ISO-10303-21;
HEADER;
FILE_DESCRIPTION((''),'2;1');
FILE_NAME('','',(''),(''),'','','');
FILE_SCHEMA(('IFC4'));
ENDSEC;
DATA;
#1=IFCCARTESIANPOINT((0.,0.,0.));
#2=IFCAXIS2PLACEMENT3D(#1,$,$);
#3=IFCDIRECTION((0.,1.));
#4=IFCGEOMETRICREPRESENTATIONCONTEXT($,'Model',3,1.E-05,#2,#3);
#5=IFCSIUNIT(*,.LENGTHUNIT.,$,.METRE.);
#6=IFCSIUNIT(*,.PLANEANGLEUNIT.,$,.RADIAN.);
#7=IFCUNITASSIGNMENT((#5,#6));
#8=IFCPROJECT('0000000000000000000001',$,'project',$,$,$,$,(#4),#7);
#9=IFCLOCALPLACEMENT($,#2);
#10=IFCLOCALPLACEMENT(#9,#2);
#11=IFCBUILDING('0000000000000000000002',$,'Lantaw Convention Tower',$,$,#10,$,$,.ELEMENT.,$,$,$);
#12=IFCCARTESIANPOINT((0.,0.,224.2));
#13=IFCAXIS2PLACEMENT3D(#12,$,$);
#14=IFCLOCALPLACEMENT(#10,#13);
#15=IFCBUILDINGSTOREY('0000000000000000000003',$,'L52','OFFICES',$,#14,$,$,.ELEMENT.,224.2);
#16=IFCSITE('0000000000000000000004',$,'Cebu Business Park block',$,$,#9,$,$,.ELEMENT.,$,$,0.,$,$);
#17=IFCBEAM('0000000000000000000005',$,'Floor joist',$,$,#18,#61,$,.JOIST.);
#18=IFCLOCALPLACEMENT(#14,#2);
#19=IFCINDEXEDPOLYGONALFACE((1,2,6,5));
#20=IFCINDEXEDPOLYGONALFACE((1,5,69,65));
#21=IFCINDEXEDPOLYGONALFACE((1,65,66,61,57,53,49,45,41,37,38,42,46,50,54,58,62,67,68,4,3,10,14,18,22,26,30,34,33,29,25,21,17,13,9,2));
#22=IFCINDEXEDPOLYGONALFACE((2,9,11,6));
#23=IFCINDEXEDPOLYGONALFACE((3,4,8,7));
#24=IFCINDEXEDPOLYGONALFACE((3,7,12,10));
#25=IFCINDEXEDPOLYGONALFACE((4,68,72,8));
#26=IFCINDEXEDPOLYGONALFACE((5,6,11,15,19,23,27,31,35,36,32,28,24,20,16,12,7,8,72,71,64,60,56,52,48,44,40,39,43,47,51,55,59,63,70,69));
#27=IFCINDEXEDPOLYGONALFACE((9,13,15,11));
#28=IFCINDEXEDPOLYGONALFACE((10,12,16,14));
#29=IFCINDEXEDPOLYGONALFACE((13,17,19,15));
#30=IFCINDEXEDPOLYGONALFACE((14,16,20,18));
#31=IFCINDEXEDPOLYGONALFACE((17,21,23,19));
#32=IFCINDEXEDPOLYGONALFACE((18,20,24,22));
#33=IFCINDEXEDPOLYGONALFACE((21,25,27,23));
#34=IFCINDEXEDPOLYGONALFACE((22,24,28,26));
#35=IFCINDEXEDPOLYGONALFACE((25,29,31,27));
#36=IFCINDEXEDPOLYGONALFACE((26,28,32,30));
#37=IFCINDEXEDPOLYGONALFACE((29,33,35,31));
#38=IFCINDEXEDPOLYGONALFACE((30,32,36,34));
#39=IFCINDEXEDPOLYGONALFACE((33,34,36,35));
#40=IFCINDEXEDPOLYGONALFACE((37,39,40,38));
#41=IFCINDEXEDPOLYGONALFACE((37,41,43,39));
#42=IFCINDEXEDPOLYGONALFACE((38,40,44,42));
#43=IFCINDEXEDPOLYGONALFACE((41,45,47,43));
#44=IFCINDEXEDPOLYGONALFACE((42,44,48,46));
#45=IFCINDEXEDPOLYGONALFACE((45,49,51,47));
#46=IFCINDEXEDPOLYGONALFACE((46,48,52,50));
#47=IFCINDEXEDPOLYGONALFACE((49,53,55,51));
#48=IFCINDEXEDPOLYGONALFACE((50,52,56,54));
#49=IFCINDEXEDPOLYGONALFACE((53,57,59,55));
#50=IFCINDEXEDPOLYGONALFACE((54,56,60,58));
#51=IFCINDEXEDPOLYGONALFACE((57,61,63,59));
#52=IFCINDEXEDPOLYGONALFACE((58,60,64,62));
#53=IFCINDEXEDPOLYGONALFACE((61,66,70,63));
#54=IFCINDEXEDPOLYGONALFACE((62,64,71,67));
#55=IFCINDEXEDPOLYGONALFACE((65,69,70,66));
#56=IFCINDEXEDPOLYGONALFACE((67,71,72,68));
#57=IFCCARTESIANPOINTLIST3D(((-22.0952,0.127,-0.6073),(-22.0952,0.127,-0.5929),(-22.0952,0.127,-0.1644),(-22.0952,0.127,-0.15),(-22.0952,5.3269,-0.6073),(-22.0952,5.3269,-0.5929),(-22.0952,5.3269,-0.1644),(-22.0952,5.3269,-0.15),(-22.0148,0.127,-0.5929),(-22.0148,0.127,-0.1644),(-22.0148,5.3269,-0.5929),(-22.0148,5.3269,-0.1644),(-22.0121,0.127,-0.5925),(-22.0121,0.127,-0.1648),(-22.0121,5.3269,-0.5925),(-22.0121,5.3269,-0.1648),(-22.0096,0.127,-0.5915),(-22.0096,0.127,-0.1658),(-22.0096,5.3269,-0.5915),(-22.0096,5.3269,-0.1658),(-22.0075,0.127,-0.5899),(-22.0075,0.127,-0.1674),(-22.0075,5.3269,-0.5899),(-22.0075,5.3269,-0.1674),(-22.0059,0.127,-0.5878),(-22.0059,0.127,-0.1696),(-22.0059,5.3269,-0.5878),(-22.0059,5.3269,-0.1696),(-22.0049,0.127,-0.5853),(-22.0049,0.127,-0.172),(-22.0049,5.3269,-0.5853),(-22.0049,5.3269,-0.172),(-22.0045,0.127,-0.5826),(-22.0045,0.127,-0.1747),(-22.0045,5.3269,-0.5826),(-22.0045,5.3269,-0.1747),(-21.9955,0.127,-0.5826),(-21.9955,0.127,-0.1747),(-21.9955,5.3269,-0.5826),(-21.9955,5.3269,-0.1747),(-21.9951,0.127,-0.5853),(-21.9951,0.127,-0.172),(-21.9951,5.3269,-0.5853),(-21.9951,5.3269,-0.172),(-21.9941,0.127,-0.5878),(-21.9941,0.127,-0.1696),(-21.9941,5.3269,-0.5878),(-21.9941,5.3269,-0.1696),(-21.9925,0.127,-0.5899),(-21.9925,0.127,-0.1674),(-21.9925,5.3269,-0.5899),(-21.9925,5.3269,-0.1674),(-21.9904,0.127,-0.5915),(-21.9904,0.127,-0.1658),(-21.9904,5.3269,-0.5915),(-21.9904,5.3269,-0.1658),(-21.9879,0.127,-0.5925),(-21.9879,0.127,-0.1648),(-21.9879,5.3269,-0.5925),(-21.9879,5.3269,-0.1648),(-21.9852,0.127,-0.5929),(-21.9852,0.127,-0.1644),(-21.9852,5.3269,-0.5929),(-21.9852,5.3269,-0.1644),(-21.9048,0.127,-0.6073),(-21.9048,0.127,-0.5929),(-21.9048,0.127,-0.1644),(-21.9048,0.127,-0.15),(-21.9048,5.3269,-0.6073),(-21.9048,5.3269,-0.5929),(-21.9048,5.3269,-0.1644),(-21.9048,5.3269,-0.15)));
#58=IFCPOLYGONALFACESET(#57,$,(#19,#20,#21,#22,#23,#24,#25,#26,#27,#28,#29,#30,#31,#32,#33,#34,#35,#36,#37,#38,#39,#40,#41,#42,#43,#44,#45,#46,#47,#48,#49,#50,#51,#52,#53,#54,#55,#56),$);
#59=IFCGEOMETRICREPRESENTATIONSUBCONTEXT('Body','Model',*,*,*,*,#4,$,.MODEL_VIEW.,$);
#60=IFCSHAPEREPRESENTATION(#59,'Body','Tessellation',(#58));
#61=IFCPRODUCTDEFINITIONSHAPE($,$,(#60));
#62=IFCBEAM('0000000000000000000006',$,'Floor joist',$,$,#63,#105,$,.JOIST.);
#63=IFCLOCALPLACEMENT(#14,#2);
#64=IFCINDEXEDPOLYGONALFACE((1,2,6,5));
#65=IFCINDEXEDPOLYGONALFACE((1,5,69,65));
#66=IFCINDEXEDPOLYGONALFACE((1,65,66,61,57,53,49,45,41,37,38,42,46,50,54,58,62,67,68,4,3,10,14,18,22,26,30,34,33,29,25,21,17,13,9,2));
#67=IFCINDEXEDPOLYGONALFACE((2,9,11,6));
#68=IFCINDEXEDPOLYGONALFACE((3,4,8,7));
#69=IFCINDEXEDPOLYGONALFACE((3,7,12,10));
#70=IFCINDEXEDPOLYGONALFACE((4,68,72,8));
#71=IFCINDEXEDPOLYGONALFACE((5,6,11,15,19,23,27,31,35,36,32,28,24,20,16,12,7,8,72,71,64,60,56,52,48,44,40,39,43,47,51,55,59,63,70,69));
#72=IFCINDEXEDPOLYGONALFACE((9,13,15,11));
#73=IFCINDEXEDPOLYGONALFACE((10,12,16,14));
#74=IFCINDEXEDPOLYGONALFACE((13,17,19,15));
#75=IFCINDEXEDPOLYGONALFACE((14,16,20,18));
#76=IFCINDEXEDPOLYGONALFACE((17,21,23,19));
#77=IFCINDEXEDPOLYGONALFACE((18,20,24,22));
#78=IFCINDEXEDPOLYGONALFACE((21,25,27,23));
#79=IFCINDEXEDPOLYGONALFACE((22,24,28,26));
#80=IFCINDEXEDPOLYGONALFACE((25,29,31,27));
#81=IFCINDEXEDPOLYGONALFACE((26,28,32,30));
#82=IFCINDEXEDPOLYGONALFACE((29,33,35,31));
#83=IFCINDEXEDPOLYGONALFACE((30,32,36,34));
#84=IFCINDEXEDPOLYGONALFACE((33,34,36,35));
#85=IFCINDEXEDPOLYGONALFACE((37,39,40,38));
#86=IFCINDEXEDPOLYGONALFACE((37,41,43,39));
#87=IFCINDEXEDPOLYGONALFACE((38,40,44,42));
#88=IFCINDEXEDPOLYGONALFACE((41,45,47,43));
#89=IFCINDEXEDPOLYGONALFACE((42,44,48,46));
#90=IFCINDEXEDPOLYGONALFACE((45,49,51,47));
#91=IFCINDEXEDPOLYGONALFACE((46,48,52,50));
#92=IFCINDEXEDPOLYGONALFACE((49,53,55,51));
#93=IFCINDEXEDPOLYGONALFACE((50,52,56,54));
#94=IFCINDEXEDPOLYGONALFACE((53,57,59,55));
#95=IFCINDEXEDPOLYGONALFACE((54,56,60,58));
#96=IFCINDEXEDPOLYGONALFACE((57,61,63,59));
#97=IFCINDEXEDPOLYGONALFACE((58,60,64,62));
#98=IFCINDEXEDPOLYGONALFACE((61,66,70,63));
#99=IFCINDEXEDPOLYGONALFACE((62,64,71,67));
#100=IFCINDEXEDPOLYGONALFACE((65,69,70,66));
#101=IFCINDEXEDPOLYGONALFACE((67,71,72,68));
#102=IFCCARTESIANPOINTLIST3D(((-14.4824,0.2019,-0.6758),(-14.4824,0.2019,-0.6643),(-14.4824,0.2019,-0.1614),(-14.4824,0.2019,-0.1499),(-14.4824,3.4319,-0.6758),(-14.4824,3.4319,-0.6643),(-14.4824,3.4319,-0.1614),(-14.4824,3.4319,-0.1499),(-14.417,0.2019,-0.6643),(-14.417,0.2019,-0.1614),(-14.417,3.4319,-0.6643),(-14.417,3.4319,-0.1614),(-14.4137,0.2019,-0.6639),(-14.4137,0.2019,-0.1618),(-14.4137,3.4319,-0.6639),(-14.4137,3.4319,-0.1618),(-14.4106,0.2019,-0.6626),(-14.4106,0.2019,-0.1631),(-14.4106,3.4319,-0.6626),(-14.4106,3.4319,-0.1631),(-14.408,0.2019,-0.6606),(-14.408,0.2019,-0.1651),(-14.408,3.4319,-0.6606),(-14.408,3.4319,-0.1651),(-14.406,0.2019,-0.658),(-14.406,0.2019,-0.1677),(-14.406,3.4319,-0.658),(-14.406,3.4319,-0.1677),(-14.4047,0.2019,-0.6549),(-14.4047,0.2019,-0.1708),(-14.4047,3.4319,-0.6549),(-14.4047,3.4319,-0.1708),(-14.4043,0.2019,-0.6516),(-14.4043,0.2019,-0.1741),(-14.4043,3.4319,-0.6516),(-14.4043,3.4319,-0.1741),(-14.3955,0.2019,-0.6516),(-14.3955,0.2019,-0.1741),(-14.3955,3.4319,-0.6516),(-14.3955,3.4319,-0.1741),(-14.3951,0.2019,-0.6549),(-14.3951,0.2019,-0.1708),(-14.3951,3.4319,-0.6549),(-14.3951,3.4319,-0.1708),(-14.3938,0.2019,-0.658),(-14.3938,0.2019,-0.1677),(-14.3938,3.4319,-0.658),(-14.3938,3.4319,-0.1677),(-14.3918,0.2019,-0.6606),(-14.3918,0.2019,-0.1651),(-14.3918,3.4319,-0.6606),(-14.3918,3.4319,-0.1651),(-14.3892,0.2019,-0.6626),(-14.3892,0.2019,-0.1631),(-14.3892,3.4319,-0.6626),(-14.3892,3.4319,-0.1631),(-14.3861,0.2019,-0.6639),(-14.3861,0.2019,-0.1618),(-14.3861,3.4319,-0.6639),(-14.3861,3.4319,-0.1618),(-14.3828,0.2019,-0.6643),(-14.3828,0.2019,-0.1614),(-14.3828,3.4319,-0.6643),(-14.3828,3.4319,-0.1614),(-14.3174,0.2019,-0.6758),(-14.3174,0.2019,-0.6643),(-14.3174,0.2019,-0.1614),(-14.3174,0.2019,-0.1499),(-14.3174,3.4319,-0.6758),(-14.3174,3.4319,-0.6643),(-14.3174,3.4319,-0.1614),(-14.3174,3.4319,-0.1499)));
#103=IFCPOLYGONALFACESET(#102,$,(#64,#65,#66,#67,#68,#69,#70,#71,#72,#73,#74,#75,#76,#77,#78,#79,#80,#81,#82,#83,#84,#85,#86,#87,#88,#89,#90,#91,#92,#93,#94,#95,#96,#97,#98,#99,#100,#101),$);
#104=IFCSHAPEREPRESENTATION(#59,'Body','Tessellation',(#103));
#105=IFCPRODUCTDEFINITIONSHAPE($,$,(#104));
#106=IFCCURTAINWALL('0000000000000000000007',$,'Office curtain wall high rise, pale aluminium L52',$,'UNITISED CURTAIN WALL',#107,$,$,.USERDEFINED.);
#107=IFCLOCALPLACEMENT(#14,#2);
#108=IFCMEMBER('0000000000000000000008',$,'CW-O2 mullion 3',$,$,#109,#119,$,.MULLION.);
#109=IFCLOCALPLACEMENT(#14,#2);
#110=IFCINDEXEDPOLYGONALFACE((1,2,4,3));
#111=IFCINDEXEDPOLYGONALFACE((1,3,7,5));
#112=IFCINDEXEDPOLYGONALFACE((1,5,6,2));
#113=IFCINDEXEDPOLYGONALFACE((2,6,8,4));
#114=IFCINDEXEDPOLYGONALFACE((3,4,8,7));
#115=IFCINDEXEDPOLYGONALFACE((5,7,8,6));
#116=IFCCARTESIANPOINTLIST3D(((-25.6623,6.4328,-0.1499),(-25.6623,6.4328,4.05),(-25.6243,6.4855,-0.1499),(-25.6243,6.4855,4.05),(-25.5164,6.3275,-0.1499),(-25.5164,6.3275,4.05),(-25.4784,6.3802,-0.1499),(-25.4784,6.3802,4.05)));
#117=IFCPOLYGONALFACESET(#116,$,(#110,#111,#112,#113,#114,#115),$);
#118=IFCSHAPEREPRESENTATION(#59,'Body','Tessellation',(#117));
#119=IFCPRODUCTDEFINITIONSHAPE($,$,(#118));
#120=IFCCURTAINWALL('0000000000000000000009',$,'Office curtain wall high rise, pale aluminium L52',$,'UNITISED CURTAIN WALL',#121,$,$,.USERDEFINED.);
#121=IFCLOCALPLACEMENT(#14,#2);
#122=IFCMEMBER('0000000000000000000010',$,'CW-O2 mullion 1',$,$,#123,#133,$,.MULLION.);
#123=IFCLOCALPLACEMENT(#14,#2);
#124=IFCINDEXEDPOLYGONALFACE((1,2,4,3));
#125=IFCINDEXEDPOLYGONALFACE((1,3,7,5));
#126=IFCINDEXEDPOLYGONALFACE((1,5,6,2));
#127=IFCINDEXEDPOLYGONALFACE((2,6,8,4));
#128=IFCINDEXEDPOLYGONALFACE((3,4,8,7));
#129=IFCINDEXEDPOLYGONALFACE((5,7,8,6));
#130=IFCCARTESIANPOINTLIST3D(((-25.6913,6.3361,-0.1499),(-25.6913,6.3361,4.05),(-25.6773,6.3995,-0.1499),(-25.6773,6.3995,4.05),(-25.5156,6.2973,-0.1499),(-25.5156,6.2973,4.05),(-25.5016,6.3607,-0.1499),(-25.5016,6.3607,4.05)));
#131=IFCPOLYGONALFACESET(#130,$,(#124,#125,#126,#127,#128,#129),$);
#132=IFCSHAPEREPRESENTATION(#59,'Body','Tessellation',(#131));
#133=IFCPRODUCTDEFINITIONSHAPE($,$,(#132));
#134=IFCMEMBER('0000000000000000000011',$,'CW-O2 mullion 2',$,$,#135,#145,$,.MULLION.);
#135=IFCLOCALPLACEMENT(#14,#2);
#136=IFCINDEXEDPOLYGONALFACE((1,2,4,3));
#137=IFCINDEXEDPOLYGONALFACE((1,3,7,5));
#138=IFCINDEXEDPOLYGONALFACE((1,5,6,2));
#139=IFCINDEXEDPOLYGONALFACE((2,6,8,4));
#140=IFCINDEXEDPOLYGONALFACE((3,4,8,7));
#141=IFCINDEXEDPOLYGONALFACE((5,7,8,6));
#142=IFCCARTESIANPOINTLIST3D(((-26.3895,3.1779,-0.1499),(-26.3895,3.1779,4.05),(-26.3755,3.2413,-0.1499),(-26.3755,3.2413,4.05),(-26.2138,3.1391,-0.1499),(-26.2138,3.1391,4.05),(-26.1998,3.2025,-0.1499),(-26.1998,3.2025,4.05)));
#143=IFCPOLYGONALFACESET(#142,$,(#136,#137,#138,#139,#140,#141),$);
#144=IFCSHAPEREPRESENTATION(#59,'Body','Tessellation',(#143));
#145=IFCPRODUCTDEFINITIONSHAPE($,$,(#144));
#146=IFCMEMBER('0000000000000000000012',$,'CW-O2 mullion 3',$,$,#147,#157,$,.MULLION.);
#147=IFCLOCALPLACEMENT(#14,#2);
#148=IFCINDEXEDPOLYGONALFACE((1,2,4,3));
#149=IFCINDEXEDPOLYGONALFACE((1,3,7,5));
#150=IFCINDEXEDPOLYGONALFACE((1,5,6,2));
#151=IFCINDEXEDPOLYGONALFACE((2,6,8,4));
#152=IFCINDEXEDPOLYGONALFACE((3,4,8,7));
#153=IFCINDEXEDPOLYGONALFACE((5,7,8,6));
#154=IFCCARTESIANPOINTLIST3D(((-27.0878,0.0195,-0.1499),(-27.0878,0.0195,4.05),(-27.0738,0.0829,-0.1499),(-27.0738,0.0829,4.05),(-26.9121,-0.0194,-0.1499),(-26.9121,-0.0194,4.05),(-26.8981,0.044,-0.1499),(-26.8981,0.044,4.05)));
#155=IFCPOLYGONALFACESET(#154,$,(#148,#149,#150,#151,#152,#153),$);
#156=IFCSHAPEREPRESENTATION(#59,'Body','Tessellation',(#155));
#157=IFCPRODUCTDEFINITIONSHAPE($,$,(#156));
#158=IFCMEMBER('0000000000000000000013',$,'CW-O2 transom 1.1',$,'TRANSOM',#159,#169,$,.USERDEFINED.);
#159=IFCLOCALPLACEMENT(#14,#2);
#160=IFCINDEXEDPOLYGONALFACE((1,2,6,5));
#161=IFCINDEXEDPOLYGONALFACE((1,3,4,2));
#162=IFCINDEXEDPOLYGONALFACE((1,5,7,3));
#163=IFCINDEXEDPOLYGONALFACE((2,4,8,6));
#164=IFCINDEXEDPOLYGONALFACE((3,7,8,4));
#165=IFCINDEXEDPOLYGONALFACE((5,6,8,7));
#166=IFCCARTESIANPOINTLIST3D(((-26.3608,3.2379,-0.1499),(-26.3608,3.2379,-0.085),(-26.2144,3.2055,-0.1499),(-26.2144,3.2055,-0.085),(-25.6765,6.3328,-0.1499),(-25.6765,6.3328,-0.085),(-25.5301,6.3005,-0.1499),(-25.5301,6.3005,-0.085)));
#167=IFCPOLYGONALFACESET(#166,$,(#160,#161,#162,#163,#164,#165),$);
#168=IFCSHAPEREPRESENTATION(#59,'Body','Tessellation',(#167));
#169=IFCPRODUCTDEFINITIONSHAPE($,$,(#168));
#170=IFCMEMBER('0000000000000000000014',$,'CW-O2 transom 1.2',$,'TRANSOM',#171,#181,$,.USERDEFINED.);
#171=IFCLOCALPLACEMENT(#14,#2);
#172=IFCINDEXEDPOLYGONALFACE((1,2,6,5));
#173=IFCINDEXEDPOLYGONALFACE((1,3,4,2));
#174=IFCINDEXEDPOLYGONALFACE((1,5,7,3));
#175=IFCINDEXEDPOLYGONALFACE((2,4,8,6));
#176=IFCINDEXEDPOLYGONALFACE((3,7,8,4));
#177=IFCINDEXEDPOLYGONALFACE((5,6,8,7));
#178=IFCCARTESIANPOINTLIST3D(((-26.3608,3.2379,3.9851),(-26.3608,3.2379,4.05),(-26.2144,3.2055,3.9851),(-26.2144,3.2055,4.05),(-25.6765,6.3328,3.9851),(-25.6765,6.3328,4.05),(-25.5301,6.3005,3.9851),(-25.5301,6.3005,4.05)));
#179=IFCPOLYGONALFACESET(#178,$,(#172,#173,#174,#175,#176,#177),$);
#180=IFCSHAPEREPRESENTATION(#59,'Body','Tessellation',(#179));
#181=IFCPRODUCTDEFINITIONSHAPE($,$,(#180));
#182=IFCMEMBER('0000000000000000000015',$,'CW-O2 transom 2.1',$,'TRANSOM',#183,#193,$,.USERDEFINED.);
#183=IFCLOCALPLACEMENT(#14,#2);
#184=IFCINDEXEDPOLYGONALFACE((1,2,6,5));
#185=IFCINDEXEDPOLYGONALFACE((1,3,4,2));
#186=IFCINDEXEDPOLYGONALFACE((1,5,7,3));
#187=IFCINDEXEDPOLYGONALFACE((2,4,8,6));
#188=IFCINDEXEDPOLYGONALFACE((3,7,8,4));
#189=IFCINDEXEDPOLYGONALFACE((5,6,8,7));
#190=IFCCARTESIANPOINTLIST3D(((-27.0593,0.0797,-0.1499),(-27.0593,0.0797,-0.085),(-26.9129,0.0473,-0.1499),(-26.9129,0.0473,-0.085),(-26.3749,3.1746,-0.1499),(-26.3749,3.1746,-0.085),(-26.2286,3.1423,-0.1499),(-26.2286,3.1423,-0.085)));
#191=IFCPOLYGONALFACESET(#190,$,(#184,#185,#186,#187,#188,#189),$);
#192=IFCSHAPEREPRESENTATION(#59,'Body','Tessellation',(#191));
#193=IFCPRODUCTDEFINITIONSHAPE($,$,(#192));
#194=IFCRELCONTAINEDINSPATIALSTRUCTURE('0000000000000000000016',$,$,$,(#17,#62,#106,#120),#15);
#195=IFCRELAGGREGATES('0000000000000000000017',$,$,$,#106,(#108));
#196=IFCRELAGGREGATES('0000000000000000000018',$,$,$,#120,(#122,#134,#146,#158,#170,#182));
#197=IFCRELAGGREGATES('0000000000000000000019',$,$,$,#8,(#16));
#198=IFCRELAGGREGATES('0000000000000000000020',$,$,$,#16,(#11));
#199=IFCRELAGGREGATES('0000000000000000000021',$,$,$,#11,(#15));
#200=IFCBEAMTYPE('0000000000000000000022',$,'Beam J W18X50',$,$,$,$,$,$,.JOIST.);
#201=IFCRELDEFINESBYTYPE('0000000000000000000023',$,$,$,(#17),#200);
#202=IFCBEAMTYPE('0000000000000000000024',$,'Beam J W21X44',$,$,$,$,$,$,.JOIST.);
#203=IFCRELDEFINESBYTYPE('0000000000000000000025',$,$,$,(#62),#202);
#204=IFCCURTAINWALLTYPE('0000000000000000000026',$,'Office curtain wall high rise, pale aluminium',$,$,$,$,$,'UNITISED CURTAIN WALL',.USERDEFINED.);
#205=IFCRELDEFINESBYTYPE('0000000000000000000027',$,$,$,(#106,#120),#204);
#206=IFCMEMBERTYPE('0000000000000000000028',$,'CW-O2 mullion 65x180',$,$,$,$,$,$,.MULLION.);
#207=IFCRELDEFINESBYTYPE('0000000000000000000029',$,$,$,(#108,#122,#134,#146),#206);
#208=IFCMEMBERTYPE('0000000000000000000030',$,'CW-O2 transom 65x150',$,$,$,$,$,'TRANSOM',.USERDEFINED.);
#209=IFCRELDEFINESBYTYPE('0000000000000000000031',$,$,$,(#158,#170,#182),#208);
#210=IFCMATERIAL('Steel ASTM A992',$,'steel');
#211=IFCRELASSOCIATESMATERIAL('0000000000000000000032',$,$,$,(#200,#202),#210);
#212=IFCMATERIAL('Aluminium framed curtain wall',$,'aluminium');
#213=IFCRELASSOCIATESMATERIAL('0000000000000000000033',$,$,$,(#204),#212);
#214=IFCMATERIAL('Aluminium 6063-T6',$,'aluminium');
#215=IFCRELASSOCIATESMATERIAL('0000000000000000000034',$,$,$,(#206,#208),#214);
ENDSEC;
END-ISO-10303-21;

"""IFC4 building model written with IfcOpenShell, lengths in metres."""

from ifc_helpers import new_model, si_unit, direction, frame, origin, origin_2d, place, context, subcontext, project, spatial, rectangle, i_section, extrude, material, material_profile, profile_set, type_object, element, aggregate, save


model = new_model("IFC4")

# Units and contexts
model_context = context("Model", 3, precision=1e-05, world=origin(), true_north=direction((0.0, 1.0)))
body_context = subcontext(model_context, "Body", "Model", "MODEL_VIEW")
ifc_project = project(units=[si_unit("LENGTHUNIT", "METRE"), si_unit("PLANEANGLEUNIT", "RADIAN")], contexts=[model_context])

# Site, building, storey
site_placement = place(None, origin())
site = spatial("IfcSite", under=ifc_project, at=site_placement, Name="Cebu Business Park block", CompositionType="ELEMENT", RefElevation=0.0)
building_placement = place(site_placement, origin())
building = spatial("IfcBuilding", under=site, at=building_placement, Name="Lantaw Convention Tower", CompositionType="ELEMENT")
storey_placement = place(building_placement, frame((0.0, 0.0, 224.2)))
storey = spatial("IfcBuildingStorey", under=building, at=storey_placement, Name="L52", Description="OFFICES", CompositionType="ELEMENT", Elevation=224.2)

# Beams
ifc_material_1 = material(Name="Steel ASTM A992", Category="steel")
ifc_material_profile_1 = material_profile(ifc_material_1, i_section(OverallWidth=0.1904, OverallDepth=0.4573, WebThickness=0.009, FlangeThickness=0.0144, FilletRadius=0.0103, at=origin_2d()), Name="W18X50")
ifc_profile_set_1 = profile_set([ifc_material_profile_1], Name="Steel ASTM A992")
beam_type_1 = type_object("IfcBeamType", Name="Beam J W18X50", PredefinedType="JOIST", material=ifc_profile_set_1)
beam_1_placement = place(storey_placement, frame((-22.0, 0.127, -0.3787), z_axis=(0.0, 1.0, 0.0), x_axis=(-1.0, 0.0, 0.0)))
element("IfcBeam", 1, at=beam_1_placement, inside=storey, type_object=beam_type_1, Name="Floor joist", PredefinedType="JOIST", context=body_context, shape_type="SweptSolid", body=[
    extrude(i_section(OverallWidth=0.1904, OverallDepth=0.4573, WebThickness=0.009, FlangeThickness=0.0144, FilletRadius=0.0103, at=origin_2d()), origin(), (0.0, 0.0, 1.0), 5.2),
])
ifc_material_profile_2 = material_profile(ifc_material_1, i_section(OverallWidth=0.165, OverallDepth=0.5259, WebThickness=0.0088, FlangeThickness=0.0115, FilletRadius=0.0127, at=origin_2d()), Name="W21X44")
ifc_profile_set_2 = profile_set([ifc_material_profile_2], Name="Steel ASTM A992")
beam_type_2 = type_object("IfcBeamType", Name="Beam J W21X44", PredefinedType="JOIST", material=ifc_profile_set_2)
beam_2_placement = place(storey_placement, frame((-14.3999, 0.2019, -0.4128), z_axis=(0.0, 1.0, 0.0), x_axis=(-1.0, 0.0, 0.0)))
element("IfcBeam", 2, at=beam_2_placement, inside=storey, type_object=beam_type_2, Name="Floor joist", PredefinedType="JOIST", context=body_context, shape_type="SweptSolid", body=[
    extrude(i_section(OverallWidth=0.165, OverallDepth=0.5259, WebThickness=0.0088, FlangeThickness=0.0115, FilletRadius=0.0127, at=origin_2d()), origin(), (0.0, 0.0, 1.0), 3.23),
])

# Curtain wall, member
ifc_material_2 = material(Name="Aluminium framed curtain wall", Category="aluminium")
curtain_wall_type = type_object("IfcCurtainWallType", Name="Office curtain wall high rise, pale aluminium", ElementType="UNITISED CURTAIN WALL", PredefinedType="USERDEFINED", material=ifc_material_2)
curtain_wall_1_placement = place(storey_placement, origin())
curtain_wall_1 = element("IfcCurtainWall", 3, at=curtain_wall_1_placement, inside=storey, type_object=curtain_wall_type, Name="Office curtain wall high rise, pale aluminium L52", ObjectType="UNITISED CURTAIN WALL", PredefinedType="USERDEFINED")
ifc_material_3 = material(Name="Aluminium 6063-T6", Category="aluminium")
ifc_material_profile_3 = material_profile(ifc_material_3, rectangle(XDim=0.1799, YDim=0.0649, at=origin_2d()), Name="CW-O2 mullion 65x180")
ifc_profile_set_3 = profile_set([ifc_material_profile_3], Name="Aluminium 6063-T6")
member_type_1 = type_object("IfcMemberType", Name="CW-O2 mullion 65x180", PredefinedType="MULLION", material=ifc_profile_set_3)
member_1_placement = place(storey_placement, frame((-25.5703, 6.4065, -0.1499), z_axis=(0.0, 0.0, 1.0), x_axis=(0.81092, -0.585158, 0.0)))
member_1 = element("IfcMember", 4, at=member_1_placement, type_object=member_type_1, Name="CW-O2 mullion 3", PredefinedType="MULLION", context=body_context, shape_type="SweptSolid", body=[
    extrude(rectangle(XDim=0.1799, YDim=0.0649, at=origin_2d()), origin(), (0.0, 0.0, 1.0), 4.2),
])

# Curtain wall, members
curtain_wall_2_placement = place(storey_placement, origin())
curtain_wall_2 = element("IfcCurtainWall", 5, at=curtain_wall_2_placement, inside=storey, type_object=curtain_wall_type, Name="Office curtain wall high rise, pale aluminium L52", ObjectType="UNITISED CURTAIN WALL", PredefinedType="USERDEFINED")
member_2_placement = place(storey_placement, frame((-25.5964, 6.3484, -0.1499), z_axis=(0.0, 0.0, 1.0), x_axis=(0.976417, -0.215891, 0.0)))
member_2 = element("IfcMember", 6, at=member_2_placement, type_object=member_type_1, Name="CW-O2 mullion 1", PredefinedType="MULLION", context=body_context, shape_type="SweptSolid", body=[
    extrude(rectangle(XDim=0.1799, YDim=0.0649, at=origin_2d()), origin(), (0.0, 0.0, 1.0), 4.2),
])
member_3_placement = place(storey_placement, frame((-26.2947, 3.1902, -0.1499), z_axis=(0.0, 0.0, 1.0), x_axis=(0.976417, -0.215891, 0.0)))
member_3 = element("IfcMember", 7, at=member_3_placement, type_object=member_type_1, Name="CW-O2 mullion 2", PredefinedType="MULLION", context=body_context, shape_type="SweptSolid", body=[
    extrude(rectangle(XDim=0.1799, YDim=0.0649, at=origin_2d()), origin(), (0.0, 0.0, 1.0), 4.2),
])
member_4_placement = place(storey_placement, frame((-26.9929, 0.0317, -0.1499), z_axis=(0.0, 0.0, 1.0), x_axis=(0.976417, -0.215891, 0.0)))
member_4 = element("IfcMember", 8, at=member_4_placement, type_object=member_type_1, Name="CW-O2 mullion 3", PredefinedType="MULLION", context=body_context, shape_type="SweptSolid", body=[
    extrude(rectangle(XDim=0.1799, YDim=0.0649, at=origin_2d()), origin(), (0.0, 0.0, 1.0), 4.2),
])
ifc_material_profile_4 = material_profile(ifc_material_3, rectangle(XDim=0.1499, YDim=0.0649, at=origin_2d()), Name="CW-O2 transom 65x150")
ifc_profile_set_4 = profile_set([ifc_material_profile_4], Name="Aluminium 6063-T6")
member_type_2 = type_object("IfcMemberType", Name="CW-O2 transom 65x150", ElementType="TRANSOM", PredefinedType="USERDEFINED", material=ifc_profile_set_4)
member_5_placement = place(storey_placement, frame((-25.6033, 6.3167, -0.1174), z_axis=(-0.215895, -0.976417, 0.0), x_axis=(0.976417, -0.215895, 0.0)))
member_5 = element("IfcMember", 9, at=member_5_placement, type_object=member_type_2, Name="CW-O2 transom 1.1", ObjectType="TRANSOM", PredefinedType="USERDEFINED", context=body_context, shape_type="SweptSolid", body=[
    extrude(rectangle(XDim=0.1499, YDim=0.0649, at=origin_2d()), origin(), (0.0, 0.0, 1.0), 3.1697),
])
member_6_placement = place(storey_placement, frame((-25.6033, 6.3167, 4.0176), z_axis=(-0.215895, -0.976417, 0.0), x_axis=(0.976417, -0.215895, 0.0)))
member_6 = element("IfcMember", 10, at=member_6_placement, type_object=member_type_2, Name="CW-O2 transom 1.2", ObjectType="TRANSOM", PredefinedType="USERDEFINED", context=body_context, shape_type="SweptSolid", body=[
    extrude(rectangle(XDim=0.1499, YDim=0.0649, at=origin_2d()), origin(), (0.0, 0.0, 1.0), 3.1697),
])
member_7_placement = place(storey_placement, frame((-26.3018, 3.1584, -0.1174), z_axis=(-0.215895, -0.976417, 0.0), x_axis=(0.976417, -0.215895, 0.0)))
member_7 = element("IfcMember", 11, at=member_7_placement, type_object=member_type_2, Name="CW-O2 transom 2.1", ObjectType="TRANSOM", PredefinedType="USERDEFINED", context=body_context, shape_type="SweptSolid", body=[
    extrude(rectangle(XDim=0.1499, YDim=0.0649, at=origin_2d()), origin(), (0.0, 0.0, 1.0), 3.1697),
])

aggregate(curtain_wall_1, [member_1])
aggregate(curtain_wall_2, [member_2, member_3, member_4, member_5, member_6, member_7])

save(model, "model.ifc")
